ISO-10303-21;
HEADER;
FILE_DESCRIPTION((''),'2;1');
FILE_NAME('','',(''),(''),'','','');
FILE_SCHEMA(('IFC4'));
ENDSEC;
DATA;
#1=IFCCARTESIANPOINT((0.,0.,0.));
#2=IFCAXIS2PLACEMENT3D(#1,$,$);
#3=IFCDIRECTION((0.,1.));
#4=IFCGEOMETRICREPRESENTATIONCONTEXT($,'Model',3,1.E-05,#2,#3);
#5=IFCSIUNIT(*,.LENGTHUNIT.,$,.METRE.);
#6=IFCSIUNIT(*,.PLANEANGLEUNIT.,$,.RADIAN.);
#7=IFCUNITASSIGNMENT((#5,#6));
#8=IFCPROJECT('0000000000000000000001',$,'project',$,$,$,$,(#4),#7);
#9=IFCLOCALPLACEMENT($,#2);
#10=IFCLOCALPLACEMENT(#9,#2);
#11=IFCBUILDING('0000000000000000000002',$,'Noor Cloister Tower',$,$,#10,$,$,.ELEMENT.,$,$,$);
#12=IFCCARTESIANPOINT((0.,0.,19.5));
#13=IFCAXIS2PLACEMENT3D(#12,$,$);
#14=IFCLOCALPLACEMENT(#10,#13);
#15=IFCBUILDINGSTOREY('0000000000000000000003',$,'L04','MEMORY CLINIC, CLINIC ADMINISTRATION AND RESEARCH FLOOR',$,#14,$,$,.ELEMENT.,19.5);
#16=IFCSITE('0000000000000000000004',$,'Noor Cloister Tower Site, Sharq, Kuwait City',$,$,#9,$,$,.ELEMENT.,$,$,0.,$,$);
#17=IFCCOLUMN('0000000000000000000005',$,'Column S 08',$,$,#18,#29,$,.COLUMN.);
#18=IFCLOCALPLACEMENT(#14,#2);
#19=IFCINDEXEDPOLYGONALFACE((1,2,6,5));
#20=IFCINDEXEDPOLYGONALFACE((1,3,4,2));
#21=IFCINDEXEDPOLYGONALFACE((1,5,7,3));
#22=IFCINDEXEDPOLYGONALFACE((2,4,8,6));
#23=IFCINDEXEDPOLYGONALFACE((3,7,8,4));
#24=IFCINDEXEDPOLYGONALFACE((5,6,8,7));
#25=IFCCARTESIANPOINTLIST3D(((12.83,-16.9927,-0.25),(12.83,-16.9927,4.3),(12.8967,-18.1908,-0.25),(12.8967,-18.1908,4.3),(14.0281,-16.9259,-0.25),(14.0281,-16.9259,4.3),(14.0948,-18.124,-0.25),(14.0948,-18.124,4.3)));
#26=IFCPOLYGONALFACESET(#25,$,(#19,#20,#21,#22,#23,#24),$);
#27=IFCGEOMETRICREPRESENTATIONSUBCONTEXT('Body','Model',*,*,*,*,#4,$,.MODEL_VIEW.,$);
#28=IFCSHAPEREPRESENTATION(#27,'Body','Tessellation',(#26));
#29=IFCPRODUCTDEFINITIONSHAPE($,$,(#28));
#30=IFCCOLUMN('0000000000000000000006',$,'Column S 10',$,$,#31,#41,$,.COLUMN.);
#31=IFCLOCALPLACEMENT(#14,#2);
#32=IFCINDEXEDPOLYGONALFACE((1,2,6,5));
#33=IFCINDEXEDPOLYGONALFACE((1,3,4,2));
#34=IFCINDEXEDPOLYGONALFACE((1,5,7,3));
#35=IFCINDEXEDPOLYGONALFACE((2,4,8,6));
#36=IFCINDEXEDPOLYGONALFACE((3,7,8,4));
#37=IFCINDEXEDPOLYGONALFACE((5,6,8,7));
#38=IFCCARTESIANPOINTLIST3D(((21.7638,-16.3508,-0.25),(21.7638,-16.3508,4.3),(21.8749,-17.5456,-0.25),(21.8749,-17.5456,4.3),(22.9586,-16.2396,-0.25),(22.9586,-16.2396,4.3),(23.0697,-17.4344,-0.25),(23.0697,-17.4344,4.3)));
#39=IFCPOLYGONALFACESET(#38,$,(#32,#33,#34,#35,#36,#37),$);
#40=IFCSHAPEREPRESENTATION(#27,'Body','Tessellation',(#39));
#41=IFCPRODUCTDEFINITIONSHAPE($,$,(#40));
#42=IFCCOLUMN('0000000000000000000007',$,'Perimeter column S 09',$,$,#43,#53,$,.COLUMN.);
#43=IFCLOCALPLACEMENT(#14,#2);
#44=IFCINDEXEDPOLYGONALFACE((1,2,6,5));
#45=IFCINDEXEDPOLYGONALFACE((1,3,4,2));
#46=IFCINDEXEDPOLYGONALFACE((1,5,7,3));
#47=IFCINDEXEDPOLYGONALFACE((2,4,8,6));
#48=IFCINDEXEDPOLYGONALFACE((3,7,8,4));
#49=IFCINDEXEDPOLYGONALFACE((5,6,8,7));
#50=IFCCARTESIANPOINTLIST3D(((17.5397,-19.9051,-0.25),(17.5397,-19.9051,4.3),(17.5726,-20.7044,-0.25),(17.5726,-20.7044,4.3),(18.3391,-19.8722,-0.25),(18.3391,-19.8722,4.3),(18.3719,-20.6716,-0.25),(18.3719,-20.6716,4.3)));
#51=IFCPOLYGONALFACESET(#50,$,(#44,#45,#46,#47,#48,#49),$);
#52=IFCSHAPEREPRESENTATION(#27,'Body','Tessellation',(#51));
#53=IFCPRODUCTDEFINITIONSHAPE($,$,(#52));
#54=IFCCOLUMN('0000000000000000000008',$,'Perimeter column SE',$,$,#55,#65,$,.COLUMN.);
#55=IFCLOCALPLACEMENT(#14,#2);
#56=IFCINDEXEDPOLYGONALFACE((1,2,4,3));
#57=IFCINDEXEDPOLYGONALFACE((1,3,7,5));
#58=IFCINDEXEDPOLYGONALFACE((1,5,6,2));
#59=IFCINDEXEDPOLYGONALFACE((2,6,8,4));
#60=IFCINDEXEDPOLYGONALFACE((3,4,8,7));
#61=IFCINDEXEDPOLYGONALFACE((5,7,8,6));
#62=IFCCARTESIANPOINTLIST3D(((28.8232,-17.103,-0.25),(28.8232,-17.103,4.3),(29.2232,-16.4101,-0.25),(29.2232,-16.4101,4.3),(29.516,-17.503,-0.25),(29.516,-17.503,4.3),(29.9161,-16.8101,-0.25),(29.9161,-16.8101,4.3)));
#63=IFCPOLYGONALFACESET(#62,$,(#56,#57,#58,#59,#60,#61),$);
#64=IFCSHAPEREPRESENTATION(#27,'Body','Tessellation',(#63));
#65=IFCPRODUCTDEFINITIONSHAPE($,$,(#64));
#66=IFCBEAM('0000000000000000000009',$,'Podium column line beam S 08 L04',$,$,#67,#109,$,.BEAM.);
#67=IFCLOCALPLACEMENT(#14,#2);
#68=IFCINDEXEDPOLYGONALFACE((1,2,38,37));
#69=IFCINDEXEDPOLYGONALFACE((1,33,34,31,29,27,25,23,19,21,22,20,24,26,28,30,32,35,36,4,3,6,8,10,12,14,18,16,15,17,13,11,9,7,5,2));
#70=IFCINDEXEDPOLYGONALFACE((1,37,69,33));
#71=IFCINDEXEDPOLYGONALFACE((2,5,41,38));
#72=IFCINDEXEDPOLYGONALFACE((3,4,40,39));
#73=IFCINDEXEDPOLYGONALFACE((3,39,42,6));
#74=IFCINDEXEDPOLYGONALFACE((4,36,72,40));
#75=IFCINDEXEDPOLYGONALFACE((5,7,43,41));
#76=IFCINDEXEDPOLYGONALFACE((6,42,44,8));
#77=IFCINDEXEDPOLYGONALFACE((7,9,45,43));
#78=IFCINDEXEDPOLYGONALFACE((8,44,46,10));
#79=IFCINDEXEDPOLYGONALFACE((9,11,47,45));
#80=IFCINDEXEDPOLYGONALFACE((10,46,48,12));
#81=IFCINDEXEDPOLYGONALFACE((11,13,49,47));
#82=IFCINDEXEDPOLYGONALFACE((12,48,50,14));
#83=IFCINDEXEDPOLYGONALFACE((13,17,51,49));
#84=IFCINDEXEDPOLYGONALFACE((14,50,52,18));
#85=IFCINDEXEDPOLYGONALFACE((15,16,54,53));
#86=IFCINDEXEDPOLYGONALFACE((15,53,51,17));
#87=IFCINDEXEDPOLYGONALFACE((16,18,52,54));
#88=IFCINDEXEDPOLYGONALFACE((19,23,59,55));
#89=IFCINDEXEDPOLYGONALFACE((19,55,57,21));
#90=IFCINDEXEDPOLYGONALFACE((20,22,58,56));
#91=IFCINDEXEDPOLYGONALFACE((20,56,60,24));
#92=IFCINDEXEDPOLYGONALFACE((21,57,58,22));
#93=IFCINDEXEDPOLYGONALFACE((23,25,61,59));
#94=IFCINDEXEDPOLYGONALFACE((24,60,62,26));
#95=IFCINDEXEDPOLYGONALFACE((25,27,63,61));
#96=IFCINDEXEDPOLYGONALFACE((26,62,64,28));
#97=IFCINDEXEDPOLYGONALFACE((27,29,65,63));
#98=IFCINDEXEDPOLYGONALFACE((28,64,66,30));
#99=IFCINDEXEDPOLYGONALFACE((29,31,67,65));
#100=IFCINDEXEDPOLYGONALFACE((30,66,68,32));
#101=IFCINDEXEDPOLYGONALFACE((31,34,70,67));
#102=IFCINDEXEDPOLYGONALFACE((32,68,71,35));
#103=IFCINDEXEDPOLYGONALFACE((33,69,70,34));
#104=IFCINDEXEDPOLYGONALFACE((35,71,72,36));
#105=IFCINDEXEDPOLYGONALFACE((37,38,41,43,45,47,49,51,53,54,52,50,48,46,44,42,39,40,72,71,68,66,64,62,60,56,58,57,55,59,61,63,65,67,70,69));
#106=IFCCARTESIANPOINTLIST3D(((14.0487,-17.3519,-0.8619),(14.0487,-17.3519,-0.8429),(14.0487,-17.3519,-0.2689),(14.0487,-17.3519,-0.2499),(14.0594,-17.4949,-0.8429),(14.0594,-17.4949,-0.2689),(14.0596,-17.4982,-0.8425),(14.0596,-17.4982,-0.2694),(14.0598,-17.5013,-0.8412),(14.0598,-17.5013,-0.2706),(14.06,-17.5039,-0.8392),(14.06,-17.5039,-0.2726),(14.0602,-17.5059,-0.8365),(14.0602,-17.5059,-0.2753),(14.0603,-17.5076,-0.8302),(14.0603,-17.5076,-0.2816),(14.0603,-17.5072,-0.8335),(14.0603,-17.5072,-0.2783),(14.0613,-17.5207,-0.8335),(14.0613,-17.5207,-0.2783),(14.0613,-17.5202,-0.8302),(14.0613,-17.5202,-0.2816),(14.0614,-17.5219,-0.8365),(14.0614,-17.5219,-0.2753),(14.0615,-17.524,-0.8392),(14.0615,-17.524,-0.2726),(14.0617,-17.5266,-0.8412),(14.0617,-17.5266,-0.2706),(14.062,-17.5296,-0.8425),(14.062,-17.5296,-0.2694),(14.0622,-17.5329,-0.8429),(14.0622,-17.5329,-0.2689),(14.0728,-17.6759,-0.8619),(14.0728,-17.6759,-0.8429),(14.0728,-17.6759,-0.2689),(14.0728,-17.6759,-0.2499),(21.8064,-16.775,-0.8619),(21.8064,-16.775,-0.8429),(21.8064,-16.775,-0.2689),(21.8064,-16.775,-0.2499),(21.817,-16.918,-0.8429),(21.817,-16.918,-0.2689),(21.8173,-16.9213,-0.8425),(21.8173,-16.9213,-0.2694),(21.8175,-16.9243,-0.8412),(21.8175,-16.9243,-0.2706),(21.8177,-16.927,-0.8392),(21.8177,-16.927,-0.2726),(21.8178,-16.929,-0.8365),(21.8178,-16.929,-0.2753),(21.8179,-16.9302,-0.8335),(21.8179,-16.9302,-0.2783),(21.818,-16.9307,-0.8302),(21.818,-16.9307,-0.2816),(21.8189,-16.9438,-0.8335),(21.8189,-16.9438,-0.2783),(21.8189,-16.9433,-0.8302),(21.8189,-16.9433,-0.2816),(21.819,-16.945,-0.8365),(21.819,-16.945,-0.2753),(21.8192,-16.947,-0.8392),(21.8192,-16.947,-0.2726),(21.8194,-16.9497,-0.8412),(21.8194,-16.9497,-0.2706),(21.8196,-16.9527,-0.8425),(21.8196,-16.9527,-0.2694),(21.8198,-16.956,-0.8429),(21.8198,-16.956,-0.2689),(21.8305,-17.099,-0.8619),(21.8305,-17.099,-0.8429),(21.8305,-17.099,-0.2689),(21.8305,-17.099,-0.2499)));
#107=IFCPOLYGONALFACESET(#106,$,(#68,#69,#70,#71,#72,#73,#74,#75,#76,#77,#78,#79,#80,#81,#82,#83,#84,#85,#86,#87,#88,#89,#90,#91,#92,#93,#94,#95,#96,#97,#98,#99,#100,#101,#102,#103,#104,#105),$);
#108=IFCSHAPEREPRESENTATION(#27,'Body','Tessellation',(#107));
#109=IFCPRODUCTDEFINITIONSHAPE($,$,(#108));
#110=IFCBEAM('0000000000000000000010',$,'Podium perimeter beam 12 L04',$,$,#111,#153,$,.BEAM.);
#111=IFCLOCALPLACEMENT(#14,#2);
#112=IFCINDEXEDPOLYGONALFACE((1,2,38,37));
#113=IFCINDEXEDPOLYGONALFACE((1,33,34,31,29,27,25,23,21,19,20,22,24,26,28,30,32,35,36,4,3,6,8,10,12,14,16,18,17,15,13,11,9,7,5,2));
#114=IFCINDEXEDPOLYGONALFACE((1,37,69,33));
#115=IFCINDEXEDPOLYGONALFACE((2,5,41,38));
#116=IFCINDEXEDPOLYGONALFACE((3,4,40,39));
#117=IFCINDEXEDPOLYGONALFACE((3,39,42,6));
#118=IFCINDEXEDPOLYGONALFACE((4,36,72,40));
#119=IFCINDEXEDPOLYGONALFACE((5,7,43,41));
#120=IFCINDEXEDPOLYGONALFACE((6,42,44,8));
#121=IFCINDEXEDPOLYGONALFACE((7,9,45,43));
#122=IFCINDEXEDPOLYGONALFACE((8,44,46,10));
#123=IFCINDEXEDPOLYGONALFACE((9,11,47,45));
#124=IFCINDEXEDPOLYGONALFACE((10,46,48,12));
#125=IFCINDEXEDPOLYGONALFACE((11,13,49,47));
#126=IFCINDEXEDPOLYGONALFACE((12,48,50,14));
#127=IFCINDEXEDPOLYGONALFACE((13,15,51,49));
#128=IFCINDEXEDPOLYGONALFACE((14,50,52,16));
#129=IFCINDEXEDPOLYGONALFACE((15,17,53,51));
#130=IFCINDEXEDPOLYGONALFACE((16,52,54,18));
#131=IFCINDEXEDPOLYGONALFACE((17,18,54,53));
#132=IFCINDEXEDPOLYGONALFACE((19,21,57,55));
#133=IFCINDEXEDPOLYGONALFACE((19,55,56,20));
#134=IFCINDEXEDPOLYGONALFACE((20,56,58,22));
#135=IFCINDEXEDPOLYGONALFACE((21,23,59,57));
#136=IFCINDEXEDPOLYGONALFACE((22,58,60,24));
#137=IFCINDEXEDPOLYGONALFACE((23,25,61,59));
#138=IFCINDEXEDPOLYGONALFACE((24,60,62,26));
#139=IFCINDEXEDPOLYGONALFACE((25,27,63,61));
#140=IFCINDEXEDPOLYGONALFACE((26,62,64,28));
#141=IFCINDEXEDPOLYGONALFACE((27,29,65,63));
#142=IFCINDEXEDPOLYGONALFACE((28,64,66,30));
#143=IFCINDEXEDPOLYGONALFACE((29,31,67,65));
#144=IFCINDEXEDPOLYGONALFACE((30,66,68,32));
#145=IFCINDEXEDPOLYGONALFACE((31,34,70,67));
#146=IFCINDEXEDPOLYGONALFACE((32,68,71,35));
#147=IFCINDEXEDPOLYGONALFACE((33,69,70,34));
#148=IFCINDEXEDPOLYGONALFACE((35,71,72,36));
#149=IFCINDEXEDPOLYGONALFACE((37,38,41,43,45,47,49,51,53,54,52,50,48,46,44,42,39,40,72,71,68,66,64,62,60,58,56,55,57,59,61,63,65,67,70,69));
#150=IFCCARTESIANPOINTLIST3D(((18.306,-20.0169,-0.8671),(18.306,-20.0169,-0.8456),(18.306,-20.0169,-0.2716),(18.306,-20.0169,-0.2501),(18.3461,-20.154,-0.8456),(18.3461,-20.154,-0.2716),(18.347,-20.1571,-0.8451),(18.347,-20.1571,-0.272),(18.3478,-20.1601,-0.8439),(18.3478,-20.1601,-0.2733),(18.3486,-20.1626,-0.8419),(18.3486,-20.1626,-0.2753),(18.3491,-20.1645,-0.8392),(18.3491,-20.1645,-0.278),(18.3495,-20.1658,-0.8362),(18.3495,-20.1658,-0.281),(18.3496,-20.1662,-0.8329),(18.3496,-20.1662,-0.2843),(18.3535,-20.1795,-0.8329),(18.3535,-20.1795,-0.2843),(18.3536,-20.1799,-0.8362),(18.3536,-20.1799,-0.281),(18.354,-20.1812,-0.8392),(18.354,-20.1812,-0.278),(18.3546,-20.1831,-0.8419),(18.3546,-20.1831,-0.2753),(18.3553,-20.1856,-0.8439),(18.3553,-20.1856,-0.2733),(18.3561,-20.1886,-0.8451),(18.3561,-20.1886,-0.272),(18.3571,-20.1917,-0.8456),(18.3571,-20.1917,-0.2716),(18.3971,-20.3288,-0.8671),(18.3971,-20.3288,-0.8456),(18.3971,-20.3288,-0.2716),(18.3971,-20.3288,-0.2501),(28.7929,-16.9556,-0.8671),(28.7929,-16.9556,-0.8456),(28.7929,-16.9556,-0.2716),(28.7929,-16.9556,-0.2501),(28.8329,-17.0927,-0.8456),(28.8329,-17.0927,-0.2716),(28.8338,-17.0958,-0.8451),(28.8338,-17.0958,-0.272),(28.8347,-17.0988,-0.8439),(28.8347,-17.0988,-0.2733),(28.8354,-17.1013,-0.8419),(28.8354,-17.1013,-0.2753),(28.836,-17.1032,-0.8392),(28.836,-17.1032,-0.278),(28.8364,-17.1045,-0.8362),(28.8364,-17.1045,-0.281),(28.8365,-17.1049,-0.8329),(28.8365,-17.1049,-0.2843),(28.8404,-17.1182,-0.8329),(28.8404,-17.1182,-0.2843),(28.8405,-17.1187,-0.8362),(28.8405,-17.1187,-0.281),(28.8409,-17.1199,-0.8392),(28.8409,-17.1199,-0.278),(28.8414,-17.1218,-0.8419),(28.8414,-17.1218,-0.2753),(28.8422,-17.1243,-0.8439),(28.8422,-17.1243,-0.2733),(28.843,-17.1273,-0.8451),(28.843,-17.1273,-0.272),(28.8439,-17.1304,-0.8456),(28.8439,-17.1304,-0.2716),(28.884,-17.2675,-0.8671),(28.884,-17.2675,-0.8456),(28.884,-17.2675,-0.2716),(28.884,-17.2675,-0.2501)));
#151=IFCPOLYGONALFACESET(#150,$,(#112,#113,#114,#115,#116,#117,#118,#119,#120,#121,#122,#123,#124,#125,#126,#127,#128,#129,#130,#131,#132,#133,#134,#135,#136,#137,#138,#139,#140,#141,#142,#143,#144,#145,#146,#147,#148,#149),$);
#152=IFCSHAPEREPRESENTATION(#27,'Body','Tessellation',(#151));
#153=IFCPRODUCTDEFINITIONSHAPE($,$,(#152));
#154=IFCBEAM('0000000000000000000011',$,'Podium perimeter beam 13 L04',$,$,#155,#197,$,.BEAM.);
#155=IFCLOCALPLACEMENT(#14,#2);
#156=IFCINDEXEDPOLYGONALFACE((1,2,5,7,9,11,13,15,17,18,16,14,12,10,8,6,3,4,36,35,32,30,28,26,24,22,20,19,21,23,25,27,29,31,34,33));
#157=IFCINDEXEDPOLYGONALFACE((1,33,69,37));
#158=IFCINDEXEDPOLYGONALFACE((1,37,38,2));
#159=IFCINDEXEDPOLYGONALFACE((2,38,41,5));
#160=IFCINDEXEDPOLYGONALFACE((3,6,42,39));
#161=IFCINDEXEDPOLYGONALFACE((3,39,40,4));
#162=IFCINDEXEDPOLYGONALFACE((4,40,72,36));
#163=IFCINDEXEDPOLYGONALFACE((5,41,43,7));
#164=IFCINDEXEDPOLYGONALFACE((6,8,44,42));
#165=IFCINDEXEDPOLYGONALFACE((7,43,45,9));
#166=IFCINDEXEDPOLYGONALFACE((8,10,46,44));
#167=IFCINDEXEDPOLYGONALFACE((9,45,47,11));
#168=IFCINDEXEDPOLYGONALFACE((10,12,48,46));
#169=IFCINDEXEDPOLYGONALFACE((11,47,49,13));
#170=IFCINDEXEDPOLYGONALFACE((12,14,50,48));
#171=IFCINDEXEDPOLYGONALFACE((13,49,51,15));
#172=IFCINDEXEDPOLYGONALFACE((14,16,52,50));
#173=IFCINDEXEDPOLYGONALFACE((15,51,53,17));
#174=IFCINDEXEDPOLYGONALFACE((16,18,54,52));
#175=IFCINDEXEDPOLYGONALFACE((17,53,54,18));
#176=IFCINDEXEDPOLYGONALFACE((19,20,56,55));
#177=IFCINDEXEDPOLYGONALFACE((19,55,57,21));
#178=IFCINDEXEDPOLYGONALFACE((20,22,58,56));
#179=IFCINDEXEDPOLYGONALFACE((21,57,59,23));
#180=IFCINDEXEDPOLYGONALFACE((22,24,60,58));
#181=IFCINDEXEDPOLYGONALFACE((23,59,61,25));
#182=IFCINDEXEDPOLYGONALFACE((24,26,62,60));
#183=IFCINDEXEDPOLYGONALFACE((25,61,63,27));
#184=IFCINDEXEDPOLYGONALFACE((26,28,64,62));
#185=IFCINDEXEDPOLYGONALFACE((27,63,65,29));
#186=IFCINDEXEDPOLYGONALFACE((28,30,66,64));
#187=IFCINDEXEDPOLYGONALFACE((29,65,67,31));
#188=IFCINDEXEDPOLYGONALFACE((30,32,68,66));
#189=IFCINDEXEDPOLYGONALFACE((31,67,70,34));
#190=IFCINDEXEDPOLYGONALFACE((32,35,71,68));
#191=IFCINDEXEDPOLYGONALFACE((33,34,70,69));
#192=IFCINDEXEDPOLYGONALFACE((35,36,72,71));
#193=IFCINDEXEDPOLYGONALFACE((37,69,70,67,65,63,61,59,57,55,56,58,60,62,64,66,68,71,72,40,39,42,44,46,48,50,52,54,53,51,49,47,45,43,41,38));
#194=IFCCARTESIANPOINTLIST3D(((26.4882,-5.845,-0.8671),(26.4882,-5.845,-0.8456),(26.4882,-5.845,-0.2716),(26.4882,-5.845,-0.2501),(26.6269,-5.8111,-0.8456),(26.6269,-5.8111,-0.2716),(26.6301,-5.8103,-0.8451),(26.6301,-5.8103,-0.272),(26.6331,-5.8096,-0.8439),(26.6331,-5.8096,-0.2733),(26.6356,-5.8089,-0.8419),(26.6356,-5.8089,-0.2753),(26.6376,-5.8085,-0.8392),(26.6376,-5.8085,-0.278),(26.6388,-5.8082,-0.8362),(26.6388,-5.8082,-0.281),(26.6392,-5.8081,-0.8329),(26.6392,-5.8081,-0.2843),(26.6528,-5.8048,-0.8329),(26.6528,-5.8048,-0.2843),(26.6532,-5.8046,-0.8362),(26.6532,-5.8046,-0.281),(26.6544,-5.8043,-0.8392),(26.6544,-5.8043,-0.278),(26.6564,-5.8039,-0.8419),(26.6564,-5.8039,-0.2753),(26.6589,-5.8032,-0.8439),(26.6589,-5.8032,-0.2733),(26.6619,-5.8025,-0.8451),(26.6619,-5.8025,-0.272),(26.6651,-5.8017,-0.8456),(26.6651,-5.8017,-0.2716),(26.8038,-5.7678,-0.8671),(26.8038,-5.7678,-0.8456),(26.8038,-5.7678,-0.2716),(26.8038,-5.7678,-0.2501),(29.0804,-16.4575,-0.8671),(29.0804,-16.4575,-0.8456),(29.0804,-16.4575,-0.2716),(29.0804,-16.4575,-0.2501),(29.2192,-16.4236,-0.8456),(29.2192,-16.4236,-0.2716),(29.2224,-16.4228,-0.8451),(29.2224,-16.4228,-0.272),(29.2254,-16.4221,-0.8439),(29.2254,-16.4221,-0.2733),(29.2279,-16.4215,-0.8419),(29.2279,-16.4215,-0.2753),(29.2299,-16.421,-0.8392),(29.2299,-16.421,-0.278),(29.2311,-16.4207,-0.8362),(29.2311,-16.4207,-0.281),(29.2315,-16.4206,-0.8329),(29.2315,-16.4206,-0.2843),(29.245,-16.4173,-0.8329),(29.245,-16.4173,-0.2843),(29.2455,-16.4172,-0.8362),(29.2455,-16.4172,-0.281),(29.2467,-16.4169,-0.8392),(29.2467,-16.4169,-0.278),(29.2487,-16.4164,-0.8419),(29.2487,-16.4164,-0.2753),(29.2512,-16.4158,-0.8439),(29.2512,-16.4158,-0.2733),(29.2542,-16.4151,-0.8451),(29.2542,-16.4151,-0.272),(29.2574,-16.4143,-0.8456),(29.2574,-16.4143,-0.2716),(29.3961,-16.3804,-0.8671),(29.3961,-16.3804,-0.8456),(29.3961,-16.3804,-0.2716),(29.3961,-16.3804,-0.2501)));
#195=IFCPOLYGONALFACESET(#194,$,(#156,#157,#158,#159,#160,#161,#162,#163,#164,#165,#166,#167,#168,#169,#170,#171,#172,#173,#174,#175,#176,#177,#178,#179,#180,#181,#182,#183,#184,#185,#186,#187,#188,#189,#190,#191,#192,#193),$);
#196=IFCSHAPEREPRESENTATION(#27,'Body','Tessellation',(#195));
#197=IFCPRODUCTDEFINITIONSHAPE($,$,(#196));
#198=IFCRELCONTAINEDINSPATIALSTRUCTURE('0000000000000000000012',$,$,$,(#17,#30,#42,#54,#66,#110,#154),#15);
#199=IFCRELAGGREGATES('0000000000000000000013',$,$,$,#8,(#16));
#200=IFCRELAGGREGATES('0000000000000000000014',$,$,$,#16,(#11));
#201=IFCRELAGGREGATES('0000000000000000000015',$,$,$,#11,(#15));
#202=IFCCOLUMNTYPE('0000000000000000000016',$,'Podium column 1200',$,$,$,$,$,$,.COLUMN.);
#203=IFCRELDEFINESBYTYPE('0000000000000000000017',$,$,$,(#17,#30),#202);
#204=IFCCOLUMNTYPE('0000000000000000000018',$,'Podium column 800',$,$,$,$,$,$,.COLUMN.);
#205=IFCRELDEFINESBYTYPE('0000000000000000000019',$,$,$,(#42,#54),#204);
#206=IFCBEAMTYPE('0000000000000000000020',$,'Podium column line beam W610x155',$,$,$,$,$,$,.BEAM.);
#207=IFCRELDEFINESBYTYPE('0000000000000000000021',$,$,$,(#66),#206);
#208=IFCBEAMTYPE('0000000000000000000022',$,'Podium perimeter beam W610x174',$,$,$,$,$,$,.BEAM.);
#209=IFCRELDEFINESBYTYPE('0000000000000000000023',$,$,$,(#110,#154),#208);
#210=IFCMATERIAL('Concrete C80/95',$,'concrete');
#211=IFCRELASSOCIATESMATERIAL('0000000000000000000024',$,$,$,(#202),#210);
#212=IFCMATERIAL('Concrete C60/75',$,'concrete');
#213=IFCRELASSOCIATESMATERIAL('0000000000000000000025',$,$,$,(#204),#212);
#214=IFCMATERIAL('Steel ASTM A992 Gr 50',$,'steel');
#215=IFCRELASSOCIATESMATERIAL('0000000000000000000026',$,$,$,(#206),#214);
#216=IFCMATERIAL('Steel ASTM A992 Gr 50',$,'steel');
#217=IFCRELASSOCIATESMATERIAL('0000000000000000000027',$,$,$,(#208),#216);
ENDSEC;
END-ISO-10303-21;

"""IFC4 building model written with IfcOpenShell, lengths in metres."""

from ifc_helpers import new_model, si_unit, direction, frame, origin, origin_2d, place, context, subcontext, project, spatial, rectangle, i_section, extrude, material, material_profile, profile_set, type_object, element, save


model = new_model("IFC4")

# Units and contexts
model_context = context("Model", 3, precision=1e-05, world=origin(), true_north=direction((0.0, 1.0)))
body_context = subcontext(model_context, "Body", "Model", "MODEL_VIEW")
ifc_project = project(units=[si_unit("LENGTHUNIT", "METRE"), si_unit("PLANEANGLEUNIT", "RADIAN")], contexts=[model_context])

# Site, building, storey
site_placement = place(None, origin())
site = spatial("IfcSite", under=ifc_project, at=site_placement, Name="Noor Cloister Tower Site, Sharq, Kuwait City", CompositionType="ELEMENT", RefElevation=0.0)
building_placement = place(site_placement, origin())
building = spatial("IfcBuilding", under=site, at=building_placement, Name="Noor Cloister Tower", CompositionType="ELEMENT")
storey_placement = place(building_placement, frame((0.0, 0.0, 19.5)))
storey = spatial("IfcBuildingStorey", under=building, at=storey_placement, Name="L04", Description="MEMORY CLINIC, CLINIC ADMINISTRATION AND RESEARCH FLOOR", CompositionType="ELEMENT", Elevation=19.5)

# Columns
ifc_material_1 = material(Name="Concrete C80/95", Category="concrete")
ifc_material_profile_1 = material_profile(ifc_material_1, rectangle(XDim=1.2, YDim=1.2, at=origin_2d()), Name="Podium column 1200")
ifc_profile_set_1 = profile_set([ifc_material_profile_1], Name="Concrete C80/95")
column_type_1 = type_object("IfcColumnType", Name="Podium column 1200", PredefinedType="COLUMN", material=ifc_profile_set_1)
for number, where, z_axis, x_axis, name in (
    (1, (13.4624, -17.5583, -0.25), (0.0, 0.0, 1.0), (0.055633, -0.998451, 0.0), "Column S 08"),
    (2, (22.4167, -16.8926, -0.25), (0.0, 0.0, 1.0), (0.092636, -0.9957, 0.0), "Column S 10"),
):
    element("IfcColumn", number, at=place(storey_placement, frame(where, z_axis=z_axis, x_axis=x_axis)), inside=storey, type_object=column_type_1, Name=name, PredefinedType="COLUMN", context=body_context, shape_type="SweptSolid", body=[
        extrude(rectangle(XDim=1.2, YDim=1.2, at=origin_2d()), origin(), (0.0, 0.0, 1.0), 4.55),
    ])
ifc_material_2 = material(Name="Concrete C60/75", Category="concrete")
ifc_material_profile_2 = material_profile(ifc_material_2, rectangle(XDim=0.8, YDim=0.8, at=origin_2d()), Name="Podium column 800")
ifc_profile_set_2 = profile_set([ifc_material_profile_2], Name="Concrete C60/75")
column_type_2 = type_object("IfcColumnType", Name="Podium column 800", PredefinedType="COLUMN", material=ifc_profile_set_2)
for number, where, z_axis, x_axis, name in (
    (3, (17.9558, -20.2883, -0.25), (0.0, 0.0, 1.0), (0.041066, -0.999156, 0.0), "Perimeter column S 09"),
    (4, (29.3696, -16.9565, -0.25), (0.0, 0.0, 1.0), (0.866025, -0.5, 0.0), "Perimeter column SE"),
):
    element("IfcColumn", number, at=place(storey_placement, frame(where, z_axis=z_axis, x_axis=x_axis)), inside=storey, type_object=column_type_2, Name=name, PredefinedType="COLUMN", context=body_context, shape_type="SweptSolid", body=[
        extrude(rectangle(XDim=0.8, YDim=0.8, at=origin_2d()), origin(), (0.0, 0.0, 1.0), 4.55),
    ])

# Beams
ifc_material_3 = material(Name="Steel ASTM A992 Gr 50", Category="steel")
ifc_material_profile_3 = material_profile(ifc_material_3, i_section(OverallWidth=0.325, OverallDepth=0.6121, WebThickness=0.0127, FlangeThickness=0.019, FilletRadius=0.0127, at=origin_2d()), Name="W610x155")
ifc_profile_set_3 = profile_set([ifc_material_profile_3], Name="Steel ASTM A992 Gr 50")
beam_type_1 = type_object("IfcBeamType", Name="Podium column line beam W610x155", PredefinedType="BEAM", material=ifc_profile_set_3)
beam_1_placement = place(storey_placement, frame((14.0608, -17.5139, -0.5559), z_axis=(0.997246, 0.074162, 0.0), x_axis=(-0.074162, 0.997246, 0.0)))
element("IfcBeam", 5, at=beam_1_placement, inside=storey, type_object=beam_type_1, Name="Podium column line beam S 08 L04", PredefinedType="BEAM", context=body_context, shape_type="SweptSolid", body=[
    extrude(i_section(OverallWidth=0.325, OverallDepth=0.6121, WebThickness=0.0127, FlangeThickness=0.019, FilletRadius=0.0127, at=origin_2d()), origin(), (0.0, 0.0, 1.0), 7.7791),
])
ifc_material_4 = material(Name="Steel ASTM A992 Gr 50", Category="steel")
ifc_material_profile_4 = material_profile(ifc_material_4, i_section(OverallWidth=0.325, OverallDepth=0.6169, WebThickness=0.0139, FlangeThickness=0.0215, FilletRadius=0.0127, at=origin_2d()), Name="W610x174")
ifc_profile_set_4 = profile_set([ifc_material_profile_4], Name="Steel ASTM A992 Gr 50")
beam_type_2 = type_object("IfcBeamType", Name="Podium perimeter beam W610x174", PredefinedType="BEAM", material=ifc_profile_set_4)
for number, where, z_axis, x_axis, name in (
    (6, (18.3516, -20.1729, -0.5586), (0.959935, 0.280221, 0.0), (-0.280221, 0.959935, 0.0), "Podium perimeter beam 12 L04"),
    (7, (29.2383, -16.4189, -0.5586), (-0.23729, 0.971439, 0.0), (-0.971439, -0.23729, 0.0), "Podium perimeter beam 13 L04"),
):
    element("IfcBeam", number, at=place(storey_placement, frame(where, z_axis=z_axis, x_axis=x_axis)), inside=storey, type_object=beam_type_2, Name=name, PredefinedType="BEAM", context=body_context, shape_type="SweptSolid", body=[
        extrude(i_section(OverallWidth=0.325, OverallDepth=0.6169, WebThickness=0.0139, FlangeThickness=0.0215, FilletRadius=0.0127, at=origin_2d()), origin(), (0.0, 0.0, 1.0), 10.9246),
    ])

save(model, "model.ifc")
